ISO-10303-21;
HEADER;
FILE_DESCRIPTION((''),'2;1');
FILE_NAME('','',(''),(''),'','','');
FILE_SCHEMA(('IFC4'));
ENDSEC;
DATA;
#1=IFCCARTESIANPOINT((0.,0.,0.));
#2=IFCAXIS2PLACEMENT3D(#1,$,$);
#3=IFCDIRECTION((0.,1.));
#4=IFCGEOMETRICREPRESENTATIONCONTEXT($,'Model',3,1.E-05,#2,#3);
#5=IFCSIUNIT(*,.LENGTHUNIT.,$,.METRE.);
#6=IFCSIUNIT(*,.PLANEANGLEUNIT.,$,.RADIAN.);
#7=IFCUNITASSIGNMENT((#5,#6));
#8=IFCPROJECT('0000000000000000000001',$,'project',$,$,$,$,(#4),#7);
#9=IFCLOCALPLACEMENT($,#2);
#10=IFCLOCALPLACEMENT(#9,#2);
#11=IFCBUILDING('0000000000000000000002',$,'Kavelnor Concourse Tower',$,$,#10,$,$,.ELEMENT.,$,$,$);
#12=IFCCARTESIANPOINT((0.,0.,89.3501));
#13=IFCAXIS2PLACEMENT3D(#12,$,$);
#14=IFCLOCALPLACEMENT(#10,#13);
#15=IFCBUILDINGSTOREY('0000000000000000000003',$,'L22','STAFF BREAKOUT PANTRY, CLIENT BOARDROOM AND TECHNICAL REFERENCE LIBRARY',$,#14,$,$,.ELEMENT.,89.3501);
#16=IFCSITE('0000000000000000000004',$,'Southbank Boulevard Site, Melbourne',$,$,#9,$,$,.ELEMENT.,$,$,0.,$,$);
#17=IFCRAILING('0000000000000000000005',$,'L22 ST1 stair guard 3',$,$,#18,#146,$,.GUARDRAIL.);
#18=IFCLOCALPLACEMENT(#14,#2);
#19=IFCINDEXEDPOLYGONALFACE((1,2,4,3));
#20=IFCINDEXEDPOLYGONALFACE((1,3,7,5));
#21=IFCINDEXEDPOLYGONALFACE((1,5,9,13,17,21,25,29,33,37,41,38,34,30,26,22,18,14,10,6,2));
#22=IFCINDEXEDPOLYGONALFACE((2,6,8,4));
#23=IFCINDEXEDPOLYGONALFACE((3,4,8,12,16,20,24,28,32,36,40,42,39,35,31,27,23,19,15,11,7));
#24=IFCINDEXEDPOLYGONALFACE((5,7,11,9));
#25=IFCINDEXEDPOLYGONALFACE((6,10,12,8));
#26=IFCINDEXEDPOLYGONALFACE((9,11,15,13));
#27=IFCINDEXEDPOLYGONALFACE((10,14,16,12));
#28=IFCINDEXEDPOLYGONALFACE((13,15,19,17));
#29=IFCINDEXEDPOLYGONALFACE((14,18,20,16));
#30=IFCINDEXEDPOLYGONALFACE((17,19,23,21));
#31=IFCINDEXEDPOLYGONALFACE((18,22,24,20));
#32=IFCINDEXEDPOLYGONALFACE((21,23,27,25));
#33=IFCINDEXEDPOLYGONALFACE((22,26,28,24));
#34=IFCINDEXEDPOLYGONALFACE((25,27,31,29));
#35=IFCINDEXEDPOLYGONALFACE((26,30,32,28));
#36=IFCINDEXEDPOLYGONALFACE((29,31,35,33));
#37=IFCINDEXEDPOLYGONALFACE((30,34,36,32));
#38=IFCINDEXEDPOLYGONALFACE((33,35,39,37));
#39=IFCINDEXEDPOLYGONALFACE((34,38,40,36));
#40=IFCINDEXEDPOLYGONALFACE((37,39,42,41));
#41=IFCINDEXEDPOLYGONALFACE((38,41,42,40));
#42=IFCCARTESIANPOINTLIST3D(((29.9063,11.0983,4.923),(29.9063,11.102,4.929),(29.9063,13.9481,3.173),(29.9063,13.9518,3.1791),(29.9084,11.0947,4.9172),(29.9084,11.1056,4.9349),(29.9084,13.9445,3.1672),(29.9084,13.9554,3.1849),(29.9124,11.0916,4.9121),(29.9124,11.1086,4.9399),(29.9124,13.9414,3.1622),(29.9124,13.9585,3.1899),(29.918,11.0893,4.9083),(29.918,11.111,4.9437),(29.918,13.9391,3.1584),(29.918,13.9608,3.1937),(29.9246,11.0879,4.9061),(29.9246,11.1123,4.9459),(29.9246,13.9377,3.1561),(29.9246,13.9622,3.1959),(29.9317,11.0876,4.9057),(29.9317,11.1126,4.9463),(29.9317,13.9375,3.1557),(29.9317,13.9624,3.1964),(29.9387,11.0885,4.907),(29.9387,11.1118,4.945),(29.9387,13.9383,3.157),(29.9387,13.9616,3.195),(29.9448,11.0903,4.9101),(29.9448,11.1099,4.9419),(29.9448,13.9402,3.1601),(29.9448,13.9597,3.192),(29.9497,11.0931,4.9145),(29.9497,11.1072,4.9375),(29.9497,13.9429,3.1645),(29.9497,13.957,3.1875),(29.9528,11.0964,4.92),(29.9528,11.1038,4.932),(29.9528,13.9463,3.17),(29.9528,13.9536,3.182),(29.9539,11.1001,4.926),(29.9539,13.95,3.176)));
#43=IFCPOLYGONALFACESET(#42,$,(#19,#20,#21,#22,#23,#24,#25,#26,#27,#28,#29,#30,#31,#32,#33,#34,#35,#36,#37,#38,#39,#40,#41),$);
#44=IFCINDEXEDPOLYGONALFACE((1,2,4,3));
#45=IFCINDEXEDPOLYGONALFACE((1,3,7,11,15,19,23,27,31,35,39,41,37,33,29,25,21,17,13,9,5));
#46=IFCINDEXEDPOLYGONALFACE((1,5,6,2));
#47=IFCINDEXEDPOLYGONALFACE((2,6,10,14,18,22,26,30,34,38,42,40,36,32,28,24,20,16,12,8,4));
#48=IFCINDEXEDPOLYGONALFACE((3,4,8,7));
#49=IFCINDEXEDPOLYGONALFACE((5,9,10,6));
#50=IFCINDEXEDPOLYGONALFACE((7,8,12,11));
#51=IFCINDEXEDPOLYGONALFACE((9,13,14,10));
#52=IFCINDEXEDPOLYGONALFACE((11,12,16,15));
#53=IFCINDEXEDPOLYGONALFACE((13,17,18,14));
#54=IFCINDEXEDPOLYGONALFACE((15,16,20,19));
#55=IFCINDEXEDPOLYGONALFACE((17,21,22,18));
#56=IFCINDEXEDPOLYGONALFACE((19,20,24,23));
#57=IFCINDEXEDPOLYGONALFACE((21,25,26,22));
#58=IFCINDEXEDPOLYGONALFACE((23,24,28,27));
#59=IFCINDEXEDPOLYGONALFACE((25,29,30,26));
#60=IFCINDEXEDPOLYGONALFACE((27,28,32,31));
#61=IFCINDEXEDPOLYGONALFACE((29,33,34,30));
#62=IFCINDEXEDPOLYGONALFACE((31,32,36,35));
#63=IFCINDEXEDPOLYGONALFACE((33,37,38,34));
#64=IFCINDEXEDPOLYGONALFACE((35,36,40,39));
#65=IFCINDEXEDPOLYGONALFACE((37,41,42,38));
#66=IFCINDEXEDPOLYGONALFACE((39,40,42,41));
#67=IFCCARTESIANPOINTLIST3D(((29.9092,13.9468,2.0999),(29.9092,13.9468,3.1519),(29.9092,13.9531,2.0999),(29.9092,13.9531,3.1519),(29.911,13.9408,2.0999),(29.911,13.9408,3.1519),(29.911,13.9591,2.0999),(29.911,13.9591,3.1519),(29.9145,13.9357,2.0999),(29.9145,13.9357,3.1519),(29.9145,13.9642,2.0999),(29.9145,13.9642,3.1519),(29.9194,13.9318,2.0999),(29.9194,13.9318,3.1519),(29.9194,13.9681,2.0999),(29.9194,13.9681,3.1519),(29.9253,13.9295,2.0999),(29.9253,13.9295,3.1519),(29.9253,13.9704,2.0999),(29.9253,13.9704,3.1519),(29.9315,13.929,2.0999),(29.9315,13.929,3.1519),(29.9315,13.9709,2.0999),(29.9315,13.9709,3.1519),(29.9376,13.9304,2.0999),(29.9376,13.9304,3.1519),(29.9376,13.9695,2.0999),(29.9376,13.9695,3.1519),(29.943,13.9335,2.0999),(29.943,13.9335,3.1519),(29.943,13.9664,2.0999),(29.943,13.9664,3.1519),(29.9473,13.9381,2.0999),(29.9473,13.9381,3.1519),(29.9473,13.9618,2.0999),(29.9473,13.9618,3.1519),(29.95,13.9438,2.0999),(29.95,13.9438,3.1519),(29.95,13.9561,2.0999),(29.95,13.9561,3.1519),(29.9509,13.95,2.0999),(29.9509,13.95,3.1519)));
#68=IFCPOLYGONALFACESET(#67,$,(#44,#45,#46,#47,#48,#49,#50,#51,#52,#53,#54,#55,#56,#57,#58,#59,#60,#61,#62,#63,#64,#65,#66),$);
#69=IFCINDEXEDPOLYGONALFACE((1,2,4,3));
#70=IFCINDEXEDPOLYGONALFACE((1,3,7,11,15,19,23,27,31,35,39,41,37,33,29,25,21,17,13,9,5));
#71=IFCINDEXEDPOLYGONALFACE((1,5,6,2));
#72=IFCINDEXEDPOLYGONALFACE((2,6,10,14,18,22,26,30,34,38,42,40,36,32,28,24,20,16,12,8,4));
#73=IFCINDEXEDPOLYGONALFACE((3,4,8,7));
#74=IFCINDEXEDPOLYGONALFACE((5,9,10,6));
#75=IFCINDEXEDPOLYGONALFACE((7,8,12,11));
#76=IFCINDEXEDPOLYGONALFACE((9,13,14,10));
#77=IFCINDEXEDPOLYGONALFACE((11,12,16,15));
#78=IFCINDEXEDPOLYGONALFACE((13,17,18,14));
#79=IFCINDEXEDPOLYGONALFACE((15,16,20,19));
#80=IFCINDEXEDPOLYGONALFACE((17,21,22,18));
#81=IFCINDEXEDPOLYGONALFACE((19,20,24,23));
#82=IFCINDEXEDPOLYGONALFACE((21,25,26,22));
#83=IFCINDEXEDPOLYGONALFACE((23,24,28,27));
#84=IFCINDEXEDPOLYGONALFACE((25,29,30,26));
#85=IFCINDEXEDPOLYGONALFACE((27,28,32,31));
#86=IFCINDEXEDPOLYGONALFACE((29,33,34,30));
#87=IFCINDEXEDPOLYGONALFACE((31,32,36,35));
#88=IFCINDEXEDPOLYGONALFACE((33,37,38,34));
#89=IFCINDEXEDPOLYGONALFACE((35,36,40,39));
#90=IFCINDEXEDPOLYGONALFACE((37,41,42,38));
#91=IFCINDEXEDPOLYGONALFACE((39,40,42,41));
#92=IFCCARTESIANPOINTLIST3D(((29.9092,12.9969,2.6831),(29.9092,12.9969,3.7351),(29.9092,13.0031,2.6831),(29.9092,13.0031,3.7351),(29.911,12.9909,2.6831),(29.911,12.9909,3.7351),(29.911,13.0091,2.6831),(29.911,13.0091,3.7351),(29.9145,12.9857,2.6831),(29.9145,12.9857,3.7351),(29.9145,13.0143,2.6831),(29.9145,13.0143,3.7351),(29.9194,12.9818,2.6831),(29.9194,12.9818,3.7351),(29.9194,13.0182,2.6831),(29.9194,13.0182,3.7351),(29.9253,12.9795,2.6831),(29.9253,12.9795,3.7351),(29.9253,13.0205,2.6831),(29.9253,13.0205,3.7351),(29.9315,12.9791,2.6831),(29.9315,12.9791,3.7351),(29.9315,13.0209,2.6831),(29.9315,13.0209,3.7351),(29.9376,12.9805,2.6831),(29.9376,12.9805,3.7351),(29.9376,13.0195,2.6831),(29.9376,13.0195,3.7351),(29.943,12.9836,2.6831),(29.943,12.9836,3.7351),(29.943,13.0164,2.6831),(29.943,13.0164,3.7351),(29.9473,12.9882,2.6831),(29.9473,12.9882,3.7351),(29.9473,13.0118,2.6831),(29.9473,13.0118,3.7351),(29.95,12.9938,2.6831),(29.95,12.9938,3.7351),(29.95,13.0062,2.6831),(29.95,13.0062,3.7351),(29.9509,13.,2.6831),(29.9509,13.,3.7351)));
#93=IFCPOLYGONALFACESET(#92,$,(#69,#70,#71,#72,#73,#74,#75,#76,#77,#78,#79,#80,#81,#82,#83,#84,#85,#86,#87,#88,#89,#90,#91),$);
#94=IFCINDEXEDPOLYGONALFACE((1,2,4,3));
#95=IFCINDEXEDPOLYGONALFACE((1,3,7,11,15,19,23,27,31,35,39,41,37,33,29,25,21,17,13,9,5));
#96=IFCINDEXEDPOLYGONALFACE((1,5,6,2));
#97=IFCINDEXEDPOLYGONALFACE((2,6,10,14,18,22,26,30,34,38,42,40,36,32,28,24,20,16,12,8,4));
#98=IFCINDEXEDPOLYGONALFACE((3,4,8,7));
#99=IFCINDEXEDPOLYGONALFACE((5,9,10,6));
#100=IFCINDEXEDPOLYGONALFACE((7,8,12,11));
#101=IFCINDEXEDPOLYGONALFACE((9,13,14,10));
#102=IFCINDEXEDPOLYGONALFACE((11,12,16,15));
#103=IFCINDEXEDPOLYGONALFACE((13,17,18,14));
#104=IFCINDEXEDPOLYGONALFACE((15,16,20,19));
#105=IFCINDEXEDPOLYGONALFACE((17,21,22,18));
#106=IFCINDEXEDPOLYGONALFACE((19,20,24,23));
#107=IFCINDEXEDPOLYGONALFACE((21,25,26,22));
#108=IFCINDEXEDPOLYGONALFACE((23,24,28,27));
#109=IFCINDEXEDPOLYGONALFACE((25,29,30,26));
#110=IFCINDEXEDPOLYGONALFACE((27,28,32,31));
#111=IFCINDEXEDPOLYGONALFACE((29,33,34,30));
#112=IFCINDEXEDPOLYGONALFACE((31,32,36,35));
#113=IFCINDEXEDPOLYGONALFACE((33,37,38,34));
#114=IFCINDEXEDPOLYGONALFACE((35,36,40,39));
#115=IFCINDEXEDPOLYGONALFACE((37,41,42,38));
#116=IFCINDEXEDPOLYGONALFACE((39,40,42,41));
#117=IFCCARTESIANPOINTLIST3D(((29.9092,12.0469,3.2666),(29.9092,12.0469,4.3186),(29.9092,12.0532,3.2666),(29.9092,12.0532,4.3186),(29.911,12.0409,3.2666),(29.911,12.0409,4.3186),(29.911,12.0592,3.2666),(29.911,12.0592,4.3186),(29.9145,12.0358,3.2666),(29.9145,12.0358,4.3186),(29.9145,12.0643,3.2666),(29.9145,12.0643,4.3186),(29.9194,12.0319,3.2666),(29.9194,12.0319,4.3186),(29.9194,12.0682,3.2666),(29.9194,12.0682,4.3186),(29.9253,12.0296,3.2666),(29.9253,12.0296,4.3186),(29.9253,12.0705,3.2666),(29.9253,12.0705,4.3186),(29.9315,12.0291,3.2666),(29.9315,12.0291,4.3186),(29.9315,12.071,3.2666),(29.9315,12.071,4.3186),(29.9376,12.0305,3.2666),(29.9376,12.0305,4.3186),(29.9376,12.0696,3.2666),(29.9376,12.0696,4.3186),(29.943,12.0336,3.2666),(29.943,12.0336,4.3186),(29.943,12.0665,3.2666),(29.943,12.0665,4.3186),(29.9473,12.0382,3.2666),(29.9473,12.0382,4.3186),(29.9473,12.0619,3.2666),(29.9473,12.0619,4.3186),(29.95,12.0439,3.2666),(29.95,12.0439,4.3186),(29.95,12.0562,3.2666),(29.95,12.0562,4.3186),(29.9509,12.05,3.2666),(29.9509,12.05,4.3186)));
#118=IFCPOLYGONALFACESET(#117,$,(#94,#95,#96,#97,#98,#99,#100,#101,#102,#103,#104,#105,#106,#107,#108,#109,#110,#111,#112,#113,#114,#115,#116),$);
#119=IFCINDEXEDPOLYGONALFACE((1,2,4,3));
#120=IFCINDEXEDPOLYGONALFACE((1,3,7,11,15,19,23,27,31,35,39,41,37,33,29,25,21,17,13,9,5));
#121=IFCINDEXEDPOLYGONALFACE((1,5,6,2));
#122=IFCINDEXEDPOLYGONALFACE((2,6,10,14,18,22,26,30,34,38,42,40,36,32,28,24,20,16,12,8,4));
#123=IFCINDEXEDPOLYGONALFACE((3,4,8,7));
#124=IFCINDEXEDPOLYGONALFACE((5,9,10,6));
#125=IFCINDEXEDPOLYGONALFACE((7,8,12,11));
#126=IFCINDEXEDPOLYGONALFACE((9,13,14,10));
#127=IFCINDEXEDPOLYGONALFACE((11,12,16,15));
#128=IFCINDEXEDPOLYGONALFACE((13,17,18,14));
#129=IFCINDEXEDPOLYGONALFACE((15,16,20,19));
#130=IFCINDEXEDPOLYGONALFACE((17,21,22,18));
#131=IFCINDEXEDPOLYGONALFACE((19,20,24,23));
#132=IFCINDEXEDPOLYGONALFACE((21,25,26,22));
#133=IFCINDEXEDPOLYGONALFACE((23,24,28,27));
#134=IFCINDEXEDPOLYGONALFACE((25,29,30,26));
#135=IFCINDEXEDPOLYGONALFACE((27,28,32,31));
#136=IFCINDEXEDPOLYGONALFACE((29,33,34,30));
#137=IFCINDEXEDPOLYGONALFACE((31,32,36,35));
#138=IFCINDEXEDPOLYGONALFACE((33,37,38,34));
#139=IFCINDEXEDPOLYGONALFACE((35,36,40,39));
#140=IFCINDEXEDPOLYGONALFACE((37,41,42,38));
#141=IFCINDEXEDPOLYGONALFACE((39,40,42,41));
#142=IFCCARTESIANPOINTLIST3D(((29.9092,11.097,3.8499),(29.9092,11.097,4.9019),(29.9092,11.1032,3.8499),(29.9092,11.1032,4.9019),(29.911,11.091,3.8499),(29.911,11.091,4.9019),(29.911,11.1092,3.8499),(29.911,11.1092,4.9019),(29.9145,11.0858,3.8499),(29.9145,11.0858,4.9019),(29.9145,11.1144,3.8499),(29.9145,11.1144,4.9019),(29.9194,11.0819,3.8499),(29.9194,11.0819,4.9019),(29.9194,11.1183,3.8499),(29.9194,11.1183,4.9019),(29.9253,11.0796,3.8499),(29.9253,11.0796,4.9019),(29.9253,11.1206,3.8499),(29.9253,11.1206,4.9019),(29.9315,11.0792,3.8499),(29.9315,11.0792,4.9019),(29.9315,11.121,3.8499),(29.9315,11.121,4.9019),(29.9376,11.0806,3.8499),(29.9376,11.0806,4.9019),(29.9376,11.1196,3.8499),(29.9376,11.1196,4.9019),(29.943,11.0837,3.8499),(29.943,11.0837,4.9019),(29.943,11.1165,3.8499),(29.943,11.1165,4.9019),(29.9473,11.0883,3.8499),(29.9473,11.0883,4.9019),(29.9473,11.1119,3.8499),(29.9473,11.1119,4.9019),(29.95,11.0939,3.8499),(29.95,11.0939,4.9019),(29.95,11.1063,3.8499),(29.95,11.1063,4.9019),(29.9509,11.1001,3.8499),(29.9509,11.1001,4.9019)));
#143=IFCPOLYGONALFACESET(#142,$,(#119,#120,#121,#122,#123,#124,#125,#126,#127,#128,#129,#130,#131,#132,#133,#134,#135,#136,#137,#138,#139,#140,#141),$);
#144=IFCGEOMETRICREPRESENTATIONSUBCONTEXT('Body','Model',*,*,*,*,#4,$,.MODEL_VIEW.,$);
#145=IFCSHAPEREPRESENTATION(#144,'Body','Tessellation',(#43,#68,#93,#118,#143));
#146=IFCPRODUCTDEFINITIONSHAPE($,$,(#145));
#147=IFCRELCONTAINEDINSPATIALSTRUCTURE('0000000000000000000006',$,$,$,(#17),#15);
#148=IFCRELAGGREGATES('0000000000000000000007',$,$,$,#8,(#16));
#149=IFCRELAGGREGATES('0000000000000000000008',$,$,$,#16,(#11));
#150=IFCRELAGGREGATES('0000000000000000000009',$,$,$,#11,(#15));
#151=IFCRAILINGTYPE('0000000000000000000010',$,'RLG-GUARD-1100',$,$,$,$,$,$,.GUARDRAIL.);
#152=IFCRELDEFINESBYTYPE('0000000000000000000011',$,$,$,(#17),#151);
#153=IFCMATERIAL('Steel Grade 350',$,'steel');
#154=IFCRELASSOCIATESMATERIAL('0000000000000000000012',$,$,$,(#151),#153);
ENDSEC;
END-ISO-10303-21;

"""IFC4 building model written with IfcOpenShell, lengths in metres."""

from ifc_helpers import new_model, si_unit, direction, frame, origin, origin_2d, place, context, subcontext, project, spatial, circle, extrude, material, type_object, element, save


model = new_model("IFC4")

# Units and contexts
model_context = context("Model", 3, precision=1e-05, world=origin(), true_north=direction((0.0, 1.0)))
body_context = subcontext(model_context, "Body", "Model", "MODEL_VIEW")
ifc_project = project(units=[si_unit("LENGTHUNIT", "METRE"), si_unit("PLANEANGLEUNIT", "RADIAN")], contexts=[model_context])

# Site, building, storey
site_placement = place(None, origin())
site = spatial("IfcSite", under=ifc_project, at=site_placement, Name="Southbank Boulevard Site, Melbourne", CompositionType="ELEMENT", RefElevation=0.0)
building_placement = place(site_placement, origin())
building = spatial("IfcBuilding", under=site, at=building_placement, Name="Kavelnor Concourse Tower", CompositionType="ELEMENT")
storey_placement = place(building_placement, frame((0.0, 0.0, 89.3501)))
storey = spatial("IfcBuildingStorey", under=building, at=storey_placement, Name="L22", Description="STAFF BREAKOUT PANTRY, CLIENT BOARDROOM AND TECHNICAL REFERENCE LIBRARY", CompositionType="ELEMENT", Elevation=89.3501)

# Shared definitions
ifc_material_1 = material(Name="Steel Grade 350", Category="steel")

# Railing
railing_type_1 = type_object("IfcRailingType", Name="RLG-GUARD-1100", PredefinedType="GUARDRAIL", material=ifc_material_1)
railing_1_placement = place(storey_placement, frame((29.9299, 13.95, 2.0999)))
element("IfcRailing", 1, at=railing_1_placement, inside=storey, type_object=railing_type_1, Name="L22 ST1 stair guard 3", PredefinedType="GUARDRAIL", context=body_context, shape_type="SweptSolid", body=[
    extrude(circle(Radius=0.0239, at=origin_2d()), frame((0.0, 0.0, 1.0762), z_axis=(0.0, -0.852159, 0.523283), x_axis=(1.0, 0.0, 0.0)), (0.0, 0.0, 1.0), 3.3442),
    extrude(circle(Radius=0.021, at=origin_2d()), origin(), (0.0, 0.0, 1.0), 1.052),
    extrude(circle(Radius=0.021, at=origin_2d()), frame((0.0, -0.95, 0.5833)), (0.0, 0.0, 1.0), 1.052),
    extrude(circle(Radius=0.021, at=origin_2d()), frame((0.0, -1.8999, 1.1667)), (0.0, 0.0, 1.0), 1.052),
    extrude(circle(Radius=0.021, at=origin_2d()), frame((0.0, -2.8499, 1.75)), (0.0, 0.0, 1.0), 1.052),
])

save(model, "model.ifc")
